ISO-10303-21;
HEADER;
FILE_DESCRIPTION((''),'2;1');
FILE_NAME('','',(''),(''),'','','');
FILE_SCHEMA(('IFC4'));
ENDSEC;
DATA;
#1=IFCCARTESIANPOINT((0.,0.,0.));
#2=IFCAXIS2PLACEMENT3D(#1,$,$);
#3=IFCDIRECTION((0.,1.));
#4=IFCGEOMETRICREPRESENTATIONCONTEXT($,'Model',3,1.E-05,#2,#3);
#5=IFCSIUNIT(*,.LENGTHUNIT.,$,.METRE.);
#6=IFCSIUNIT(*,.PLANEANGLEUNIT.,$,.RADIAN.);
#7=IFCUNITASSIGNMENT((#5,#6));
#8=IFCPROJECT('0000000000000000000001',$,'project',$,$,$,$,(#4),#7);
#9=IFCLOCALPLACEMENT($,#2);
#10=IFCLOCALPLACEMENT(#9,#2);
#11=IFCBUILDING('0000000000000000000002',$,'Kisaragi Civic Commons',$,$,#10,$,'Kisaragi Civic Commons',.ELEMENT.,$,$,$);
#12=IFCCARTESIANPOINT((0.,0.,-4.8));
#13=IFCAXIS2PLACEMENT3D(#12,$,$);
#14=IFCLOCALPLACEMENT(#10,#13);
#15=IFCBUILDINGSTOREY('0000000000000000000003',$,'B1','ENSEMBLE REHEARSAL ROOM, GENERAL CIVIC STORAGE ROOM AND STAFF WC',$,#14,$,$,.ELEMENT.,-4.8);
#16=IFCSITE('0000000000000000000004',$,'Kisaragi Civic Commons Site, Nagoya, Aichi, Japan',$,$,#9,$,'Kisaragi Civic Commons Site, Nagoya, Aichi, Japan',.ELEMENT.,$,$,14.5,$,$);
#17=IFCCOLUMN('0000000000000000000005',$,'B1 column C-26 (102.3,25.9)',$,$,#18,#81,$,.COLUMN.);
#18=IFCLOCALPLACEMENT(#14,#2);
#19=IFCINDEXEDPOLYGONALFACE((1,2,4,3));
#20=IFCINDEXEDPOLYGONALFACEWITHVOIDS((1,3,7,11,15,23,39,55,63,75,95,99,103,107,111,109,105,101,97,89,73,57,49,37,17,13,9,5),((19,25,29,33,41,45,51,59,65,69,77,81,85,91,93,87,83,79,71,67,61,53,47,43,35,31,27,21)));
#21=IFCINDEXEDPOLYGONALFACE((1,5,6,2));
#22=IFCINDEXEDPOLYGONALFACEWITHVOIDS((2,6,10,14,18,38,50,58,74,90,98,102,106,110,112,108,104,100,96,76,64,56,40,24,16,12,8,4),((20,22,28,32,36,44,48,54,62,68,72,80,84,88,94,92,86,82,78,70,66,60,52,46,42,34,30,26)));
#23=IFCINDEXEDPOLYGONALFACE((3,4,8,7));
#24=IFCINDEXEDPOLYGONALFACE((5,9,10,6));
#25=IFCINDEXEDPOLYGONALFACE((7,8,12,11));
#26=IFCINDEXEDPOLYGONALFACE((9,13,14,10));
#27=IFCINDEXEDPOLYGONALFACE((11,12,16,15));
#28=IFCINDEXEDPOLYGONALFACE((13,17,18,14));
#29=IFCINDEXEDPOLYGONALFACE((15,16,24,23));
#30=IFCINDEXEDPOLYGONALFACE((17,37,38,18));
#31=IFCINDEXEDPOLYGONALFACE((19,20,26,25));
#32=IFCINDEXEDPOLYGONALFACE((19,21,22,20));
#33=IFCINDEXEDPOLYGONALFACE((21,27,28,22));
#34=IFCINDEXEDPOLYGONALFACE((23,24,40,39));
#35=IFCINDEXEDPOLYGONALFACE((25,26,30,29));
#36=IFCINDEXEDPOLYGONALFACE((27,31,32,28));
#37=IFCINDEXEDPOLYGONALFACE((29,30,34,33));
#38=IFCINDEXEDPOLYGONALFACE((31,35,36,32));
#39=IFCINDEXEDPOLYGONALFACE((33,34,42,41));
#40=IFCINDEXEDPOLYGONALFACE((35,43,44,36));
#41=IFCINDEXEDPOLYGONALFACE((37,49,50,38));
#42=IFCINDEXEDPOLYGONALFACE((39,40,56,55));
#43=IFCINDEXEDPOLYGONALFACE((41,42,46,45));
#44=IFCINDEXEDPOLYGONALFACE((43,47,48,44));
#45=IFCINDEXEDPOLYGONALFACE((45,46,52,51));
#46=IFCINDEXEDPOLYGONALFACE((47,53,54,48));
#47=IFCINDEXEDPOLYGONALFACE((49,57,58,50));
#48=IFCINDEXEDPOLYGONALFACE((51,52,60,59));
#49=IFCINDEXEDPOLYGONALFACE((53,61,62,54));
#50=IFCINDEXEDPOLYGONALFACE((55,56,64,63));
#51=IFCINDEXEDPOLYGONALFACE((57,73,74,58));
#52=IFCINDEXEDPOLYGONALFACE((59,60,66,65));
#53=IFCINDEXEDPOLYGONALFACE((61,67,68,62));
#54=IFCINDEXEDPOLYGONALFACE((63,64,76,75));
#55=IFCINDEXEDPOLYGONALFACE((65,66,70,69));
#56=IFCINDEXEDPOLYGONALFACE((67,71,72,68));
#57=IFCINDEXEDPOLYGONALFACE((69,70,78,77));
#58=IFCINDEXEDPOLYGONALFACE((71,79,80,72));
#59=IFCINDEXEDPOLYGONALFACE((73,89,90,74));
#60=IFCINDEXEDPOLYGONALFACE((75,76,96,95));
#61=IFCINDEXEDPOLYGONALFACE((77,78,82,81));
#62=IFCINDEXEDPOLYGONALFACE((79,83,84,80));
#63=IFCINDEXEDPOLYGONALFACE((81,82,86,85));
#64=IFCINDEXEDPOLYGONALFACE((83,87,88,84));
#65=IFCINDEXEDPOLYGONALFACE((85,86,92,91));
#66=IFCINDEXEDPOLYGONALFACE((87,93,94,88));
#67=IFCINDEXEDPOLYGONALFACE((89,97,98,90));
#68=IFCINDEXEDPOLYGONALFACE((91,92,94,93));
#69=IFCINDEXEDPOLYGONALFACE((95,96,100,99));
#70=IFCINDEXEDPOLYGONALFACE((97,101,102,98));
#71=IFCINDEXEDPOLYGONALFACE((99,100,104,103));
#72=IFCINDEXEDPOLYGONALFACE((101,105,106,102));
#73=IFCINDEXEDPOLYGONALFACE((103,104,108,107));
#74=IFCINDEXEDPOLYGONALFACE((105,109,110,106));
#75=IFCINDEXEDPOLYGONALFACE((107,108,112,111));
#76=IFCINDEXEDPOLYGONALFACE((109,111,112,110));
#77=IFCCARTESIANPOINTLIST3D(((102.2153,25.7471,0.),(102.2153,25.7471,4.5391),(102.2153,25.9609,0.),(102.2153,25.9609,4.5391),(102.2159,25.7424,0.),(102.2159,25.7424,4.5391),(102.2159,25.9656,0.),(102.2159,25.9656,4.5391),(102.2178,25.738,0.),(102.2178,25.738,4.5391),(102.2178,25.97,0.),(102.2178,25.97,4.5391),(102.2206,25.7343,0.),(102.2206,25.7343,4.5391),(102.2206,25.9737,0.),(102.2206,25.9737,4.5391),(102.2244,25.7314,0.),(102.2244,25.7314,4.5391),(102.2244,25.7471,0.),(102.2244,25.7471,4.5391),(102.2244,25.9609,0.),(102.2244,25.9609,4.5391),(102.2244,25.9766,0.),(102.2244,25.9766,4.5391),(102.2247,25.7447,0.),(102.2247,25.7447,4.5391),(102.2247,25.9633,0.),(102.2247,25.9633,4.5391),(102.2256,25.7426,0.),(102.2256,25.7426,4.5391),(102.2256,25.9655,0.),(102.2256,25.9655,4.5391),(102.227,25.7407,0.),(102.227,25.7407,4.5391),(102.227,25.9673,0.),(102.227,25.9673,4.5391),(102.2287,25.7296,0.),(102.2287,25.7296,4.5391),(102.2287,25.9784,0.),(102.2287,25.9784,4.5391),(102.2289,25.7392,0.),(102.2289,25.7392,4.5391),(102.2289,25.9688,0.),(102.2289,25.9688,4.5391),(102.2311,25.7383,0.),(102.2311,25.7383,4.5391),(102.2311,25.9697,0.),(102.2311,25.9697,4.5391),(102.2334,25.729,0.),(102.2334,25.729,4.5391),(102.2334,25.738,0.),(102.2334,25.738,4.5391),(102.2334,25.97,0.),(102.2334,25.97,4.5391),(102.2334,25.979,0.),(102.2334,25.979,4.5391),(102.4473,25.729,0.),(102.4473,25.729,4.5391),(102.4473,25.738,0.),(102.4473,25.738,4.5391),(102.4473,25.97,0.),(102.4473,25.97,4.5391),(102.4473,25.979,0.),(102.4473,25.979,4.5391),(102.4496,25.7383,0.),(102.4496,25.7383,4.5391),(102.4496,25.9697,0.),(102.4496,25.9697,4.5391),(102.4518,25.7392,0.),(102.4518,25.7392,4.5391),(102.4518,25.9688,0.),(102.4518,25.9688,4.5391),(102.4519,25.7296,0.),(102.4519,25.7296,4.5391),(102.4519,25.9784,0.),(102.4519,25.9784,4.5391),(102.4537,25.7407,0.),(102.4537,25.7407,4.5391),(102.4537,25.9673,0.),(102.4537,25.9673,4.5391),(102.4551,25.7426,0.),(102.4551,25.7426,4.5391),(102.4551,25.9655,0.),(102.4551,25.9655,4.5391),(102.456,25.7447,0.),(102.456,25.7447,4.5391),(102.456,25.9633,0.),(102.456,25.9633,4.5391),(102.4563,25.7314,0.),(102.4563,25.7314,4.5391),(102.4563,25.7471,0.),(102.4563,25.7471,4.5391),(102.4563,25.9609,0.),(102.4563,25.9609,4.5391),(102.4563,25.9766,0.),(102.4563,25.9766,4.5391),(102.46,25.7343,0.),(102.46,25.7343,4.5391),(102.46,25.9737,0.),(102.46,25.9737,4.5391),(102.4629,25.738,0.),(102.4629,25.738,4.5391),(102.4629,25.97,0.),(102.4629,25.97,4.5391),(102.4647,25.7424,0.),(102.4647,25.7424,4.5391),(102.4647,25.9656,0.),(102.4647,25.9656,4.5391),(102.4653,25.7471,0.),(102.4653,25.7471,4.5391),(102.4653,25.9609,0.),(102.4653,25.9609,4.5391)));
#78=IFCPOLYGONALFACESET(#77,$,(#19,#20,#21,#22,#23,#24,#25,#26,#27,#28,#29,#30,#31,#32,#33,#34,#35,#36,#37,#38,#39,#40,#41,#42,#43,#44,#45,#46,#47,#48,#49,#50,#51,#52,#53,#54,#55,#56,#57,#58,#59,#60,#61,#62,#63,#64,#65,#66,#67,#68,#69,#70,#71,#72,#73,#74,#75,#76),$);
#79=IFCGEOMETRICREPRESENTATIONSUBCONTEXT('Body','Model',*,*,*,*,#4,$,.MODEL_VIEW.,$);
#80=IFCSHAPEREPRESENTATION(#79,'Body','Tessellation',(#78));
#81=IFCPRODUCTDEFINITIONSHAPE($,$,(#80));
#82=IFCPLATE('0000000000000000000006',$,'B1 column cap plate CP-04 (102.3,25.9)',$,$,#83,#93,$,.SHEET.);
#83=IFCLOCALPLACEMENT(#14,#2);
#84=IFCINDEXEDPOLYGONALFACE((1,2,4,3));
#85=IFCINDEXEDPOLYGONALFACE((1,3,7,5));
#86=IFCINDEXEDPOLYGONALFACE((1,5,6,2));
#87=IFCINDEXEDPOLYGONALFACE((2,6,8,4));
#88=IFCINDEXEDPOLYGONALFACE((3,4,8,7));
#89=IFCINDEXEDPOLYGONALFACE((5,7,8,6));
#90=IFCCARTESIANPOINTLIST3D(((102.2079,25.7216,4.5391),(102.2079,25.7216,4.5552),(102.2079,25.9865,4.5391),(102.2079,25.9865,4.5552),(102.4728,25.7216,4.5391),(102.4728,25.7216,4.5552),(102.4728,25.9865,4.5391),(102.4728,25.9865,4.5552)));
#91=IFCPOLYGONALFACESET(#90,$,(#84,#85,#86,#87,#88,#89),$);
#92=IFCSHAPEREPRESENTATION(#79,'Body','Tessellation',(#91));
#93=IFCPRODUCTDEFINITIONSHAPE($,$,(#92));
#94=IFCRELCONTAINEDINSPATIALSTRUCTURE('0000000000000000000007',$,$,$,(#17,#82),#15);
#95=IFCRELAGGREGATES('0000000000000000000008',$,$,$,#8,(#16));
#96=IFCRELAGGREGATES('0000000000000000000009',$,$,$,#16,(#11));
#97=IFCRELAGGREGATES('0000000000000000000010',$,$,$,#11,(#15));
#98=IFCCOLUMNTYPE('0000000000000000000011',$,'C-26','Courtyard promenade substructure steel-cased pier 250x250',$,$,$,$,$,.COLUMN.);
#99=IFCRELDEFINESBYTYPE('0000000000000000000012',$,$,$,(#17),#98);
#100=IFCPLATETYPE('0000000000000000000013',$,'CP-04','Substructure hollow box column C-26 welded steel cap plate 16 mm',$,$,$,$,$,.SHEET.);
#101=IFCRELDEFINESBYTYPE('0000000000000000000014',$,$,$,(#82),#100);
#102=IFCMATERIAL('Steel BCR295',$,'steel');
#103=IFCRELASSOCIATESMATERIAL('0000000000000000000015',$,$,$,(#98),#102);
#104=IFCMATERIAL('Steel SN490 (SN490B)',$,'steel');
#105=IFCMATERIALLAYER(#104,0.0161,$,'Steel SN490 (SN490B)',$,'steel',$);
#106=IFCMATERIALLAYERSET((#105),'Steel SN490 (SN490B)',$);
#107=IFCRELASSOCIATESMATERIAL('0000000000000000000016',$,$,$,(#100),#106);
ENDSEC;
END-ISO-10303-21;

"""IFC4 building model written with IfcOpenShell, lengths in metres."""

from ifc_helpers import new_model, si_unit, direction, frame, origin, origin_2d, place, context, subcontext, project, spatial, rectangle, hollow_rectangle, extrude, material, layer, layer_set, material_profile, profile_set, type_object, element, save


model = new_model("IFC4")

# Units and contexts
model_context = context("Model", 3, precision=1e-05, world=origin(), true_north=direction((0.0, 1.0)))
body_context = subcontext(model_context, "Body", "Model", "MODEL_VIEW")
ifc_project = project(units=[si_unit("LENGTHUNIT", "METRE"), si_unit("PLANEANGLEUNIT", "RADIAN")], contexts=[model_context])

# Site, building, storey
site_placement = place(None, origin())
site = spatial("IfcSite", under=ifc_project, at=site_placement, Name="Kisaragi Civic Commons Site, Nagoya, Aichi, Japan", LongName="Kisaragi Civic Commons Site, Nagoya, Aichi, Japan", CompositionType="ELEMENT", RefElevation=14.5)
building_placement = place(site_placement, origin())
building = spatial("IfcBuilding", under=site, at=building_placement, Name="Kisaragi Civic Commons", LongName="Kisaragi Civic Commons", CompositionType="ELEMENT")
storey_placement = place(building_placement, frame((0.0, 0.0, -4.8)))
storey = spatial("IfcBuildingStorey", under=building, at=storey_placement, Name="B1", Description="ENSEMBLE REHEARSAL ROOM, GENERAL CIVIC STORAGE ROOM AND STAFF WC", CompositionType="ELEMENT", Elevation=-4.8)

# Column
ifc_material_1 = material(Name="Steel BCR295", Category="steel")
ifc_material_profile_1 = material_profile(ifc_material_1, hollow_rectangle(XDim=0.25, YDim=0.25, WallThickness=0.009, InnerFilletRadius=0.009, OuterFilletRadius=0.0181, at=origin_2d()), Name="BCR-250x250x9", Category="steel")
ifc_profile_set_1 = profile_set([ifc_material_profile_1], Name="Steel BCR295")
column_type_1 = type_object("IfcColumnType", Name="C-26", Description="Courtyard promenade substructure steel-cased pier 250x250", PredefinedType="COLUMN", material=ifc_profile_set_1)
column_1_placement = place(storey_placement, frame((102.3403, 25.854, 0.0), z_axis=(0.0, 0.0, 1.0), x_axis=(1.0, 0.0, 0.0)))
element("IfcColumn", 1, at=column_1_placement, inside=storey, type_object=column_type_1, Name="B1 column C-26 (102.3,25.9)", PredefinedType="COLUMN", context=body_context, shape_type="SweptSolid", body=[
    extrude(hollow_rectangle(XDim=0.25, YDim=0.25, WallThickness=0.009, InnerFilletRadius=0.009, OuterFilletRadius=0.0181, at=origin_2d()), origin(), (0.0, 0.0, 1.0), 4.5391),
])

# Plate
ifc_material_2 = material(Name="Steel SN490 (SN490B)", Category="steel")
ifc_layer = layer(ifc_material_2, 0.0161, Name="Steel SN490 (SN490B)", Category="steel")
ifc_layer_set = layer_set([ifc_layer], Name="Steel SN490 (SN490B)")
plate_type = type_object("IfcPlateType", Name="CP-04", Description="Substructure hollow box column C-26 welded steel cap plate 16 mm", PredefinedType="SHEET", material=ifc_layer_set)
plate_placement = place(storey_placement, frame((102.3403, 25.854, 4.5391), z_axis=(0.0, 0.0, 1.0), x_axis=(1.0, 0.0, 0.0)))
element("IfcPlate", 2, at=plate_placement, inside=storey, type_object=plate_type, Name="B1 column cap plate CP-04 (102.3,25.9)", PredefinedType="SHEET", context=body_context, shape_type="SweptSolid", body=[
    extrude(rectangle(XDim=0.2649, YDim=0.2649, at=origin_2d()), origin(), (0.0, 0.0, 1.0), 0.0161),
])

save(model, "model.ifc")
